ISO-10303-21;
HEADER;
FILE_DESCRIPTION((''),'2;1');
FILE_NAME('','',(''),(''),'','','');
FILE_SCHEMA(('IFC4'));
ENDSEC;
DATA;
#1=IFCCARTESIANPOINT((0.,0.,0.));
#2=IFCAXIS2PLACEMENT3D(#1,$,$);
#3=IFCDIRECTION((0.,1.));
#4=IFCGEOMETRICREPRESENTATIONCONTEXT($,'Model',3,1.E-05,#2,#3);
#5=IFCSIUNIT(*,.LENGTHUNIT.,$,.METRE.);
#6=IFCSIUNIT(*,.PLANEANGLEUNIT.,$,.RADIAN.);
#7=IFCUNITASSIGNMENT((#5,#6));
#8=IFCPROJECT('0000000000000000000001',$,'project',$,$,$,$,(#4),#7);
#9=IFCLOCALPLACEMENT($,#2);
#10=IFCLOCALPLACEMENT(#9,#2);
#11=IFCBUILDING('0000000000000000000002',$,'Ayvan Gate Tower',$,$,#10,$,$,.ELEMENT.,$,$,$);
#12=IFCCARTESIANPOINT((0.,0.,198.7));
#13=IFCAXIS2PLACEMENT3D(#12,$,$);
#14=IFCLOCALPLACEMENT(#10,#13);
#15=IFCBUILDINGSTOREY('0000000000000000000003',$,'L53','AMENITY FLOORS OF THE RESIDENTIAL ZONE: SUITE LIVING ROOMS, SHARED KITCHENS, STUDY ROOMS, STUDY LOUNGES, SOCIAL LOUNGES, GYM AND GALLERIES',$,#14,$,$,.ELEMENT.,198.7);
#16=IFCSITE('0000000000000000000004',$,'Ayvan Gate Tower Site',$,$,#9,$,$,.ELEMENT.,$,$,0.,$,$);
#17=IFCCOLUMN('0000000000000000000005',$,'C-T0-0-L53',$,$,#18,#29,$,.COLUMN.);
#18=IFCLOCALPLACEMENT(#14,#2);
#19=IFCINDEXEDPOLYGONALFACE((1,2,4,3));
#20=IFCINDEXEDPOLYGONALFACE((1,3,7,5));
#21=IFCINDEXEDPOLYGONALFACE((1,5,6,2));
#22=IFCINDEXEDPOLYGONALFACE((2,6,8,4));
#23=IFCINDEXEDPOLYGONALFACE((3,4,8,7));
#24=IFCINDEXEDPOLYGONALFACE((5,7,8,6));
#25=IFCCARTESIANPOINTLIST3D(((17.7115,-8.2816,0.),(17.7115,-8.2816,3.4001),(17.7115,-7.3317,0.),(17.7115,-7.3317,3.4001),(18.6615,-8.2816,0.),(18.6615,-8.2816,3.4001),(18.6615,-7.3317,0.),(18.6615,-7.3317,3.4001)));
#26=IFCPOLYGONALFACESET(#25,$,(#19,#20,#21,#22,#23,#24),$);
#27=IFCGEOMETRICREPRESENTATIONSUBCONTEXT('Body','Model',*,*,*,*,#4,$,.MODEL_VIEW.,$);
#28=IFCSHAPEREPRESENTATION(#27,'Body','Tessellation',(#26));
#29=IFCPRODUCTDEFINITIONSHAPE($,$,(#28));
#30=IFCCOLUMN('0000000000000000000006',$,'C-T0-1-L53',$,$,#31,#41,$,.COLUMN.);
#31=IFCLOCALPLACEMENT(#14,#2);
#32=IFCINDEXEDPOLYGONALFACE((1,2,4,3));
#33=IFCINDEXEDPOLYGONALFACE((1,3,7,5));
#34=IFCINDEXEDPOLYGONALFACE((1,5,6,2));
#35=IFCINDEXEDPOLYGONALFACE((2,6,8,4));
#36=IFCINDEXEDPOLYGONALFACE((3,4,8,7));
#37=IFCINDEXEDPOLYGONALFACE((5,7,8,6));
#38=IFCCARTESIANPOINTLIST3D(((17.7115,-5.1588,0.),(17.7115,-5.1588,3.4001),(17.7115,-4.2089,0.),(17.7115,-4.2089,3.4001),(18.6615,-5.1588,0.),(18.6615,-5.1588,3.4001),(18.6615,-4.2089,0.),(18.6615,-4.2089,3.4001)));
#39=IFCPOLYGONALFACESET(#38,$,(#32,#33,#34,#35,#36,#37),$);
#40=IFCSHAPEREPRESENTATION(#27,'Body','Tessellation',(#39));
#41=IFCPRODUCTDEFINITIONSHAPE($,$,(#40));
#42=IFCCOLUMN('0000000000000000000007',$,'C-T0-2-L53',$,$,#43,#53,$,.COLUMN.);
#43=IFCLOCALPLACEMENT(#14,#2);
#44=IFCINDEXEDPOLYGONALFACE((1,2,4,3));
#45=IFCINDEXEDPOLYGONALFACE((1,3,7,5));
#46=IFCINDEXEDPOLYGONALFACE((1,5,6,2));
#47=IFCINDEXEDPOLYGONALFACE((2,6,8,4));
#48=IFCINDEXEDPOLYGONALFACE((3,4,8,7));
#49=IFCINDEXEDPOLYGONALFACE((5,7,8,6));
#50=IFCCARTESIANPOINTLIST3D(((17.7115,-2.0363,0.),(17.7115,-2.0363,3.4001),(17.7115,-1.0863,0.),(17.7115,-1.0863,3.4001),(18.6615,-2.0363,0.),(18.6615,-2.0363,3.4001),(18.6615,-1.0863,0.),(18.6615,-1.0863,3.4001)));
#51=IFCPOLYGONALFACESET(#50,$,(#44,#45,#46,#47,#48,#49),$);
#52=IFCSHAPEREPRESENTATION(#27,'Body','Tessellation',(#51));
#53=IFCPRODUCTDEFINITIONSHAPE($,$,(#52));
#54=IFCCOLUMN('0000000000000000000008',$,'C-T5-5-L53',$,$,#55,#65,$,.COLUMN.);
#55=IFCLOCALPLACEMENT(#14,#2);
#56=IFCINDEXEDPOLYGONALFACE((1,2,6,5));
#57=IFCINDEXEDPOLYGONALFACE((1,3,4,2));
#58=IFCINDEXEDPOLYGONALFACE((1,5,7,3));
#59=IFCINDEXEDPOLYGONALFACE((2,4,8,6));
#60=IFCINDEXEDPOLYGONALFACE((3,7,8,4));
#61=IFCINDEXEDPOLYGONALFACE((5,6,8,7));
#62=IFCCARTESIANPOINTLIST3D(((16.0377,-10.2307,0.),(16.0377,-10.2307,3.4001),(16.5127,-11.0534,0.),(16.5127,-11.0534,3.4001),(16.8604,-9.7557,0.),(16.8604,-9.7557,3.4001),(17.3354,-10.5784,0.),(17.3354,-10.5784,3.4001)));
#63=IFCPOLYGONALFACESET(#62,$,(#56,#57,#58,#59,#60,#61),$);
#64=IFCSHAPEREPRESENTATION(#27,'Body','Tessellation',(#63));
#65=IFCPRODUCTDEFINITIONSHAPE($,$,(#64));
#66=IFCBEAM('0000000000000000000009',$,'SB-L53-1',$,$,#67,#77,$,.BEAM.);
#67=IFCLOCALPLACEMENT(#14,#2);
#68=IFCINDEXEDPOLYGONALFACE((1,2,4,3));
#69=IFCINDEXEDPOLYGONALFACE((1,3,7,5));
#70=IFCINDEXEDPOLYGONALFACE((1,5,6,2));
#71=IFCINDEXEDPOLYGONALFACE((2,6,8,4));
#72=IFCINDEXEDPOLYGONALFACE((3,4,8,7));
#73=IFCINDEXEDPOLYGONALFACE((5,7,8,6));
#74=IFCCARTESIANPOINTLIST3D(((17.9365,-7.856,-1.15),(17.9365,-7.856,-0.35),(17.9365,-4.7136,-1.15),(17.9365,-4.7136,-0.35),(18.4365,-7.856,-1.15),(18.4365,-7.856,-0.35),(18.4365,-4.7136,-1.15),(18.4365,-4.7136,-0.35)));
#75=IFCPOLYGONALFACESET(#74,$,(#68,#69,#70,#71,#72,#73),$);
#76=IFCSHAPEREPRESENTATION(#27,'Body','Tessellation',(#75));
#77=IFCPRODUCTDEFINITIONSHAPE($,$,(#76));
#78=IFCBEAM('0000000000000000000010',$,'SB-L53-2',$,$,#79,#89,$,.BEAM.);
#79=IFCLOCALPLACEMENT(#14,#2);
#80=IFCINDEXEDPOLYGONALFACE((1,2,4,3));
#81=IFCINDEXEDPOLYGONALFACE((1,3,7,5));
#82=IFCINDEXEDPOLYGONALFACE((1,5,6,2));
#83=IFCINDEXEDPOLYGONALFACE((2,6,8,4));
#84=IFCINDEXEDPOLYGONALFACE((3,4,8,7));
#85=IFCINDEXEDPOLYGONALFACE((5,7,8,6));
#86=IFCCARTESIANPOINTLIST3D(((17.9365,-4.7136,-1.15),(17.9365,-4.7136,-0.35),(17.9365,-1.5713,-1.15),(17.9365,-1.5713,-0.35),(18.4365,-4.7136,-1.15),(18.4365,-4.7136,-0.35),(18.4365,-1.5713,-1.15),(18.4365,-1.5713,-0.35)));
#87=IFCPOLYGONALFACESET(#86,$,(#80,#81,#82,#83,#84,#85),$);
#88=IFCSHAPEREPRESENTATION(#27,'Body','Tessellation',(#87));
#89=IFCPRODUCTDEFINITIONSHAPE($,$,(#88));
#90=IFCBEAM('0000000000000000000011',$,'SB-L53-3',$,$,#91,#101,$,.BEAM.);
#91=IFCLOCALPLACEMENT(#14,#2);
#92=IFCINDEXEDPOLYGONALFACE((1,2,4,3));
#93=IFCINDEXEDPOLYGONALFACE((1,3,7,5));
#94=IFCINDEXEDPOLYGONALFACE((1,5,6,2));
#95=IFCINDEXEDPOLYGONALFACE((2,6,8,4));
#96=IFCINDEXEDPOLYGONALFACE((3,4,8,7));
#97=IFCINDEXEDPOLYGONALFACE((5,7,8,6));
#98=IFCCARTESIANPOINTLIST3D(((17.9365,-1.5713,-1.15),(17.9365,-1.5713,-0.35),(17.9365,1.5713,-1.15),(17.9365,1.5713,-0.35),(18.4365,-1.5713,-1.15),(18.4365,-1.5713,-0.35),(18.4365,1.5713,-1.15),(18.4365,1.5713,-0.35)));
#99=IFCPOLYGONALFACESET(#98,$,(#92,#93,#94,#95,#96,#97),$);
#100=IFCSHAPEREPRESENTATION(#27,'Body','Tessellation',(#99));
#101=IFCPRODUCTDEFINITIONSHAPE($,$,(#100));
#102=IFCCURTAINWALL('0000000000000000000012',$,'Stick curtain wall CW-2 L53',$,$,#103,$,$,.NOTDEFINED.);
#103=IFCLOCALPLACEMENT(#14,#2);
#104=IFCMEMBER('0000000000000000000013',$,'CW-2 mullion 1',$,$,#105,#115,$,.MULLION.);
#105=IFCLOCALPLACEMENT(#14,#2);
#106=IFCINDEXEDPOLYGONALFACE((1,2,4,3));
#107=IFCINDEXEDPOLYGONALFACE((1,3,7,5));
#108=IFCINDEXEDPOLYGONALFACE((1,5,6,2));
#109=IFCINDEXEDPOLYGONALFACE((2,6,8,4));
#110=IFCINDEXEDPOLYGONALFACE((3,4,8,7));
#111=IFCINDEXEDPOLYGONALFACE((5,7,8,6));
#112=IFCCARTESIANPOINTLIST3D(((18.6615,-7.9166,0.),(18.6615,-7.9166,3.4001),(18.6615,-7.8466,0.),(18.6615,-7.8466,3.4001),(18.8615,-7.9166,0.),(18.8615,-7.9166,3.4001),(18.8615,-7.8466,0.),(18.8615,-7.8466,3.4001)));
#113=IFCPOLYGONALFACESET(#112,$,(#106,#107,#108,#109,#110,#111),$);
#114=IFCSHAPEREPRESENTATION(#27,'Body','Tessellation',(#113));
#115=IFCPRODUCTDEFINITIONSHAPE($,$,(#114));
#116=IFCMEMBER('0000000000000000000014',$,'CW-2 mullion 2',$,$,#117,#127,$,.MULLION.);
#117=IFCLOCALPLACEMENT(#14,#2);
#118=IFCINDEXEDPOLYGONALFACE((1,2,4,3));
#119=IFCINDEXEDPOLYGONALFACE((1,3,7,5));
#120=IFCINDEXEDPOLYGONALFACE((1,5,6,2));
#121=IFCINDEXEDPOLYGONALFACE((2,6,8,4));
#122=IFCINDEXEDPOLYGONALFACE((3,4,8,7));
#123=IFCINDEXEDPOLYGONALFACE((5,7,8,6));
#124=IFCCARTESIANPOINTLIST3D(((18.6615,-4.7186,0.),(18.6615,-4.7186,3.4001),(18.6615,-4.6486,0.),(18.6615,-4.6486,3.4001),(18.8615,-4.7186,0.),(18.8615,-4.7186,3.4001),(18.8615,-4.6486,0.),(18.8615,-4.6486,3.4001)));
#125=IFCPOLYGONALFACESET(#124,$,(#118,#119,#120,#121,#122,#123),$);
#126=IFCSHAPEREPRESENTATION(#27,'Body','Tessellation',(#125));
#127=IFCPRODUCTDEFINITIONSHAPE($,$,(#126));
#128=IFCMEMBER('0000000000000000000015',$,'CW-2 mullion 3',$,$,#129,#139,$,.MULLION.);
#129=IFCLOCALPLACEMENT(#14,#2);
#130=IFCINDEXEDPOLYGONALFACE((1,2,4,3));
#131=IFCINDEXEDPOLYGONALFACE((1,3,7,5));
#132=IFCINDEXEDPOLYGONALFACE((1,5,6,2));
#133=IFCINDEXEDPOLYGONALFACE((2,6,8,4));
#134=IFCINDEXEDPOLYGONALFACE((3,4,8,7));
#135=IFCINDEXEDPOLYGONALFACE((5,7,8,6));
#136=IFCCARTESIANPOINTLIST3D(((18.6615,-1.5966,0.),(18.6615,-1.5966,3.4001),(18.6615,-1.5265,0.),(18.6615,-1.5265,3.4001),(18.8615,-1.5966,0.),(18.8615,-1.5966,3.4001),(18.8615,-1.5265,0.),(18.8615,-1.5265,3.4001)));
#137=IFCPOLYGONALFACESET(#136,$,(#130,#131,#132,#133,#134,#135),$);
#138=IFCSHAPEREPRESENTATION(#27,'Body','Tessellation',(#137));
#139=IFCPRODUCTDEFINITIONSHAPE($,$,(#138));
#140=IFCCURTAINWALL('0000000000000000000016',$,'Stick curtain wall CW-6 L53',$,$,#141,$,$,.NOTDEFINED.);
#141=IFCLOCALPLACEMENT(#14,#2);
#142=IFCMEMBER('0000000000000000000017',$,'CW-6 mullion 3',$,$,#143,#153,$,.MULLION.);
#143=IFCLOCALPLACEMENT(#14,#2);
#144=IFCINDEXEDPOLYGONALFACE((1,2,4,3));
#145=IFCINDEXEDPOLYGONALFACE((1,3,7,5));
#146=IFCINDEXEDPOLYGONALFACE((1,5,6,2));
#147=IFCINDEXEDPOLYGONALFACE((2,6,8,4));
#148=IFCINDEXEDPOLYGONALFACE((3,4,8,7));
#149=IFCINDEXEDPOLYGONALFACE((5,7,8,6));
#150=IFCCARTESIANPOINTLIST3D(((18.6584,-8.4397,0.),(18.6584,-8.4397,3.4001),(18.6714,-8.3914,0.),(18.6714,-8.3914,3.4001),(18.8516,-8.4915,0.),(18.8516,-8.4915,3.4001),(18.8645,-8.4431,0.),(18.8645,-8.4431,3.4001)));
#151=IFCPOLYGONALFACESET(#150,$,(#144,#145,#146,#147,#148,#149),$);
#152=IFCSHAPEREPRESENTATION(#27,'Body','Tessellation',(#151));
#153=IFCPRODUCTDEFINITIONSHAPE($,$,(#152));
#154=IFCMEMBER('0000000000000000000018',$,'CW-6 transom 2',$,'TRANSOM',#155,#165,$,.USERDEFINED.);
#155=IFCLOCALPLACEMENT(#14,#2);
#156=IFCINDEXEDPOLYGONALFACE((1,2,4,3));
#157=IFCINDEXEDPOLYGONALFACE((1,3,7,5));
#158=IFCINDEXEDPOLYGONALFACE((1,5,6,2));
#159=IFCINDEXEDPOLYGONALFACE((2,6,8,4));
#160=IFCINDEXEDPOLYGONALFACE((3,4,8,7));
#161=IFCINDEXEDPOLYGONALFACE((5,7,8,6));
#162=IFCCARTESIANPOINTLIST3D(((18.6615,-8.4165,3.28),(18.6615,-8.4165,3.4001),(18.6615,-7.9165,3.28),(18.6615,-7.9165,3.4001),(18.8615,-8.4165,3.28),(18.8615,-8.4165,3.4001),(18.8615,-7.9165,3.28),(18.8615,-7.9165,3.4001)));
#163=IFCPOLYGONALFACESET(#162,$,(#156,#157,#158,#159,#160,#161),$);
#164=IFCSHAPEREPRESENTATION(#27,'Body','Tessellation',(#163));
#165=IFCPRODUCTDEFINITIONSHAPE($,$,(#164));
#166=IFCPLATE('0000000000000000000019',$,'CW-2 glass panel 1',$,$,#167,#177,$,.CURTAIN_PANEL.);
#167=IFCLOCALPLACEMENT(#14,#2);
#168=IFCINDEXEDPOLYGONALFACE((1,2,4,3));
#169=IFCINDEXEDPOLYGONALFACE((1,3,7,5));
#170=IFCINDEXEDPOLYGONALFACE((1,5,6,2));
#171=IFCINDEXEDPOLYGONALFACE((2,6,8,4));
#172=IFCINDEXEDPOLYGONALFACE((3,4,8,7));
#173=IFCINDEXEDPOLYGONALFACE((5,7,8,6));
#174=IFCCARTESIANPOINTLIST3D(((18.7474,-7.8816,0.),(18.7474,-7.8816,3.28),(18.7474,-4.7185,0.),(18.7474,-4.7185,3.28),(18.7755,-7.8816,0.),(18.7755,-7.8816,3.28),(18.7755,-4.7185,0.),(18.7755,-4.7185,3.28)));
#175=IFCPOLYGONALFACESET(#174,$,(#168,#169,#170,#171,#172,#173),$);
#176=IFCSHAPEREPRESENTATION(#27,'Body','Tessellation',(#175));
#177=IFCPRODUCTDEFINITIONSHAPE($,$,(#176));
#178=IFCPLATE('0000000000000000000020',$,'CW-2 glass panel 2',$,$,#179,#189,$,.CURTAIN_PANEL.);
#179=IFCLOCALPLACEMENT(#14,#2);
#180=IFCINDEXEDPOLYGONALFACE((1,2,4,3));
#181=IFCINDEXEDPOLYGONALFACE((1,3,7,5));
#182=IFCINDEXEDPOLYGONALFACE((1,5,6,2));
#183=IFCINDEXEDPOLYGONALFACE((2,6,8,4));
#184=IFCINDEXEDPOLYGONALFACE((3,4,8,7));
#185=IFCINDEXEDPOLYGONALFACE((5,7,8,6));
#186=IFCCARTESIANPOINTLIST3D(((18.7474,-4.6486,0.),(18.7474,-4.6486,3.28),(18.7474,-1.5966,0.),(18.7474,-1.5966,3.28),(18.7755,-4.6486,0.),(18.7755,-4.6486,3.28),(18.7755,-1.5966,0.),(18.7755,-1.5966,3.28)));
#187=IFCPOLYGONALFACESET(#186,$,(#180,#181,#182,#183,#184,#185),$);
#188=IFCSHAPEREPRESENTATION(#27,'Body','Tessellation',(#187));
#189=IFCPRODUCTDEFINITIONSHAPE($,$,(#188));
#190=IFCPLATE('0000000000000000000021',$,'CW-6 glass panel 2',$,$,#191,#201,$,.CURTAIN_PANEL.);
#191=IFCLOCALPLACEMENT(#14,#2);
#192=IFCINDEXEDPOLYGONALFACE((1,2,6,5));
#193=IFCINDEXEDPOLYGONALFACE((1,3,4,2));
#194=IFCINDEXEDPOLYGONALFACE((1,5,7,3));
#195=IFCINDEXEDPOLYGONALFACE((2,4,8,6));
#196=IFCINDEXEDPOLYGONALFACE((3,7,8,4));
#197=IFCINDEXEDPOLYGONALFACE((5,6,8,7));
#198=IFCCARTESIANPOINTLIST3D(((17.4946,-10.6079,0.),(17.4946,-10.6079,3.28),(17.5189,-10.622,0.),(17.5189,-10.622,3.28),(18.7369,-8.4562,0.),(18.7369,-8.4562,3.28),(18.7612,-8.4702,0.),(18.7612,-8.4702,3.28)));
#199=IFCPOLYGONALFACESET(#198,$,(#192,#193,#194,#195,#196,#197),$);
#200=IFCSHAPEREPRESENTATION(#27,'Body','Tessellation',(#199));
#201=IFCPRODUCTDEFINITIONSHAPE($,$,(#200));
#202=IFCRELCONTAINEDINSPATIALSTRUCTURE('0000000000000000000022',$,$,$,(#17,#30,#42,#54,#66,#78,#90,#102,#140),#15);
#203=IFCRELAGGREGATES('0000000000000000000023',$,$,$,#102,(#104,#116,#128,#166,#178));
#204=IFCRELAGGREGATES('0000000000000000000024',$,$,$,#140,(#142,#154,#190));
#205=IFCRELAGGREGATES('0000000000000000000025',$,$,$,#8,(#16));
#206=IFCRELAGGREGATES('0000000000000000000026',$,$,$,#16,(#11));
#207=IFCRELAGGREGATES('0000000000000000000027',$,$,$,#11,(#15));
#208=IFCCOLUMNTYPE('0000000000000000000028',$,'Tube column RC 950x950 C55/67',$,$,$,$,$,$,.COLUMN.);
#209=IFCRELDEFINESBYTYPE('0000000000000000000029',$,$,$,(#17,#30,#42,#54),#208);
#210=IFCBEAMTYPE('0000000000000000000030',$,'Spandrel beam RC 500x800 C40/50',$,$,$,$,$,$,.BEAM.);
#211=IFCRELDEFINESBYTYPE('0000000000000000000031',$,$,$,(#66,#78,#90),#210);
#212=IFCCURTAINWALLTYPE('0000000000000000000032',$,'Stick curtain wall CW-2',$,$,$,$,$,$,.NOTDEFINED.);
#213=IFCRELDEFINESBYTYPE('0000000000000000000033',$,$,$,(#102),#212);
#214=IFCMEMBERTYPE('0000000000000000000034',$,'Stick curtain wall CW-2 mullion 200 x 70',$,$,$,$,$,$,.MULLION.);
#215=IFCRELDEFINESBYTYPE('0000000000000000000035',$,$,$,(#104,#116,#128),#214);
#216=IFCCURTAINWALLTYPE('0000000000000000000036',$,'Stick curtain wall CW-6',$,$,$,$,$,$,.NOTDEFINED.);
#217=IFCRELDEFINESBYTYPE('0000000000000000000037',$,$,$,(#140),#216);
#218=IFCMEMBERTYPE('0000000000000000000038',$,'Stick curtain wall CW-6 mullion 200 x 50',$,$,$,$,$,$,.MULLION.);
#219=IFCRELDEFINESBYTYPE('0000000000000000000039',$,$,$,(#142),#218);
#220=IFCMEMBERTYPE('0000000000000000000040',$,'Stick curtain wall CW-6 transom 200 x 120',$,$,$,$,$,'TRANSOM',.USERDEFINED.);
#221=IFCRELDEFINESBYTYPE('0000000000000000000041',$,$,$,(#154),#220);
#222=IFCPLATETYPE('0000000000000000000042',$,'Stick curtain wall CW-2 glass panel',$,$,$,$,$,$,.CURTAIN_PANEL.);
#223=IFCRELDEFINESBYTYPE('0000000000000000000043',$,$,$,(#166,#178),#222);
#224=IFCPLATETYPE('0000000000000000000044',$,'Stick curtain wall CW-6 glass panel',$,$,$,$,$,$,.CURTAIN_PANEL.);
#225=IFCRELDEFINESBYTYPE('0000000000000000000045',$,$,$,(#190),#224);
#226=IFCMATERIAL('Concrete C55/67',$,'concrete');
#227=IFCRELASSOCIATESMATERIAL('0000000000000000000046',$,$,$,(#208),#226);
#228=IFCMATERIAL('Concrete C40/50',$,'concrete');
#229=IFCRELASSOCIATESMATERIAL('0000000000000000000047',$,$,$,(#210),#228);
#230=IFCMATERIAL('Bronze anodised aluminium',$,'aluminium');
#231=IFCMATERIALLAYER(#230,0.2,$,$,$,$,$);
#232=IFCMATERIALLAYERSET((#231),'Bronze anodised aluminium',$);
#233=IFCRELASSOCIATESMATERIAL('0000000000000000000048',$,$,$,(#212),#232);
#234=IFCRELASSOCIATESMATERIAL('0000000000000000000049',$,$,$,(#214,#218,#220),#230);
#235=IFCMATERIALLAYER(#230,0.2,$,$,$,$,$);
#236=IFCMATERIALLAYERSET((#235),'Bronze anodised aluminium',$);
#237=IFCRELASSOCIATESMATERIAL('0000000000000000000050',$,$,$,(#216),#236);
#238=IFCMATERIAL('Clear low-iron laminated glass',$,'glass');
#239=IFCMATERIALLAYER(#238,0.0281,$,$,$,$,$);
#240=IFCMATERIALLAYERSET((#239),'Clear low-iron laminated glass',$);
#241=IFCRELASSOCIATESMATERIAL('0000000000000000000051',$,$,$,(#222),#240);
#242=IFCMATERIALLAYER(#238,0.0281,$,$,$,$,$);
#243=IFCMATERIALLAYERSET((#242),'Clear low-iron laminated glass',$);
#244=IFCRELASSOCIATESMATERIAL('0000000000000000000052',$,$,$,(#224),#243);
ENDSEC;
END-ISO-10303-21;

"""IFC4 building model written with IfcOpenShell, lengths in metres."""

from ifc_helpers import new_model, si_unit, direction, frame, origin, origin_2d, place, context, subcontext, project, spatial, rectangle, extrude, material, layer, layer_set, material_profile, profile_set, type_object, element, aggregate, save


model = new_model("IFC4")

# Units and contexts
model_context = context("Model", 3, precision=1e-05, world=origin(), true_north=direction((0.0, 1.0)))
body_context = subcontext(model_context, "Body", "Model", "MODEL_VIEW")
ifc_project = project(units=[si_unit("LENGTHUNIT", "METRE"), si_unit("PLANEANGLEUNIT", "RADIAN")], contexts=[model_context])

# Site, building, storey
site_placement = place(None, origin())
site = spatial("IfcSite", under=ifc_project, at=site_placement, Name="Ayvan Gate Tower Site", CompositionType="ELEMENT", RefElevation=0.0)
building_placement = place(site_placement, origin())
building = spatial("IfcBuilding", under=site, at=building_placement, Name="Ayvan Gate Tower", CompositionType="ELEMENT")
storey_placement = place(building_placement, frame((0.0, 0.0, 198.7)))
storey = spatial("IfcBuildingStorey", under=building, at=storey_placement, Name="L53", Description="AMENITY FLOORS OF THE RESIDENTIAL ZONE: SUITE LIVING ROOMS, SHARED KITCHENS, STUDY ROOMS, STUDY LOUNGES, SOCIAL LOUNGES, GYM AND GALLERIES", CompositionType="ELEMENT", Elevation=198.7)

# Columns
ifc_material_1 = material(Name="Concrete C55/67", Category="concrete")
ifc_material_profile_1 = material_profile(ifc_material_1, rectangle(XDim=0.95, YDim=0.95, at=origin_2d()), Name="RC 950x950")
ifc_profile_set_1 = profile_set([ifc_material_profile_1], Name="Concrete C55/67")
column_type = type_object("IfcColumnType", Name="Tube column RC 950x950 C55/67", PredefinedType="COLUMN", material=ifc_profile_set_1)
for number, where, z_axis, x_axis, name in (
    (1, (18.1865, -7.8066, 0.0), (0.0, 0.0, 1.0), (1.0, 0.0, 0.0), "C-T0-0-L53"),
    (2, (18.1865, -4.6838, 0.0), (0.0, 0.0, 1.0), (1.0, 0.0, 0.0), "C-T0-1-L53"),
    (3, (18.1865, -1.5613, 0.0), (0.0, 0.0, 1.0), (1.0, 0.0, 0.0), "C-T0-2-L53"),
    (4, (16.6865, -10.4045, 0.0), (0.0, 0.0, 1.0), (0.5, -0.866025, 0.0), "C-T5-5-L53"),
):
    element("IfcColumn", number, at=place(storey_placement, frame(where, z_axis=z_axis, x_axis=x_axis)), inside=storey, type_object=column_type, Name=name, PredefinedType="COLUMN", context=body_context, shape_type="SweptSolid", body=[
        extrude(rectangle(XDim=0.95, YDim=0.95, at=origin_2d()), origin(), (0.0, 0.0, 1.0), 3.4001),
    ])

# Beams
ifc_material_2 = material(Name="Concrete C40/50", Category="concrete")
ifc_material_profile_2 = material_profile(ifc_material_2, rectangle(XDim=0.5, YDim=0.8, at=origin_2d()), Name="RC 500x800")
ifc_profile_set_2 = profile_set([ifc_material_profile_2], Name="Concrete C40/50")
beam_type = type_object("IfcBeamType", Name="Spandrel beam RC 500x800 C40/50", PredefinedType="BEAM", material=ifc_profile_set_2)
for number, where, z_axis, x_axis, name in (
    (5, (18.1865, -7.856, -0.75), (0.0, 1.0, 0.0), (-1.0, 0.0, 0.0), "SB-L53-1"),
    (6, (18.1865, -4.7136, -0.75), (0.0, 1.0, 0.0), (-1.0, 0.0, 0.0), "SB-L53-2"),
):
    element("IfcBeam", number, at=place(storey_placement, frame(where, z_axis=z_axis, x_axis=x_axis)), inside=storey, type_object=beam_type, Name=name, PredefinedType="BEAM", context=body_context, shape_type="SweptSolid", body=[
        extrude(rectangle(XDim=0.5, YDim=0.8, at=origin_2d()), origin(), (0.0, 0.0, 1.0), 3.1423),
    ])
beam_placement = place(storey_placement, frame((18.1865, -1.5713, -0.75), z_axis=(0.0, 1.0, 0.0), x_axis=(-1.0, 0.0, 0.0)))
element("IfcBeam", 7, at=beam_placement, inside=storey, type_object=beam_type, Name="SB-L53-3", PredefinedType="BEAM", context=body_context, shape_type="SweptSolid", body=[
    extrude(rectangle(XDim=0.5, YDim=0.8, at=origin_2d()), origin(), (0.0, 0.0, 1.0), 3.1426),
])

# Curtain walls, members
ifc_material_3 = material(Name="Bronze anodised aluminium", Category="aluminium")
ifc_layer_1 = layer(ifc_material_3, 0.2)
ifc_layer_set_1 = layer_set([ifc_layer_1], Name="Bronze anodised aluminium")
curtain_wall_type_1 = type_object("IfcCurtainWallType", Name="Stick curtain wall CW-2", PredefinedType="NOTDEFINED", material=ifc_layer_set_1)
curtain_wall_1_placement = place(storey_placement, origin())
curtain_wall_1 = element("IfcCurtainWall", 8, at=curtain_wall_1_placement, inside=storey, type_object=curtain_wall_type_1, Name="Stick curtain wall CW-2 L53", PredefinedType="NOTDEFINED")
ifc_material_profile_3 = material_profile(ifc_material_3, rectangle(XDim=0.2, YDim=0.0701, at=origin_2d()), Name="Stick curtain wall CW-2 mullion 200 x 70")
ifc_profile_set_3 = profile_set([ifc_material_profile_3], Name="Bronze anodised aluminium")
member_type_1 = type_object("IfcMemberType", Name="Stick curtain wall CW-2 mullion 200 x 70", PredefinedType="MULLION", material=ifc_profile_set_3)
member_1_placement = place(storey_placement, frame((18.7615, -7.8816, 0.0), z_axis=(0.0, 0.0, 1.0), x_axis=(1.0, 0.0, 0.0)))
member_1 = element("IfcMember", 9, at=member_1_placement, type_object=member_type_1, Name="CW-2 mullion 1", PredefinedType="MULLION", context=body_context, shape_type="SweptSolid", body=[
    extrude(rectangle(XDim=0.2, YDim=0.0701, at=origin_2d()), origin(), (0.0, 0.0, 1.0), 3.4001),
])
member_2_placement = place(storey_placement, frame((18.7615, -4.6836, 0.0), z_axis=(0.0, 0.0, 1.0), x_axis=(1.0, 0.0, 0.0)))
member_2 = element("IfcMember", 10, at=member_2_placement, type_object=member_type_1, Name="CW-2 mullion 2", PredefinedType="MULLION", context=body_context, shape_type="SweptSolid", body=[
    extrude(rectangle(XDim=0.2, YDim=0.0701, at=origin_2d()), origin(), (0.0, 0.0, 1.0), 3.4001),
])
member_3_placement = place(storey_placement, frame((18.7615, -1.5615, 0.0), z_axis=(0.0, 0.0, 1.0), x_axis=(1.0, 0.0, 0.0)))
member_3 = element("IfcMember", 11, at=member_3_placement, type_object=member_type_1, Name="CW-2 mullion 3", PredefinedType="MULLION", context=body_context, shape_type="SweptSolid", body=[
    extrude(rectangle(XDim=0.2, YDim=0.0701, at=origin_2d()), origin(), (0.0, 0.0, 1.0), 3.4001),
])
ifc_layer_2 = layer(ifc_material_3, 0.2)
ifc_layer_set_2 = layer_set([ifc_layer_2], Name="Bronze anodised aluminium")
curtain_wall_type_2 = type_object("IfcCurtainWallType", Name="Stick curtain wall CW-6", PredefinedType="NOTDEFINED", material=ifc_layer_set_2)
curtain_wall_2_placement = place(storey_placement, origin())
curtain_wall_2 = element("IfcCurtainWall", 12, at=curtain_wall_2_placement, inside=storey, type_object=curtain_wall_type_2, Name="Stick curtain wall CW-6 L53", PredefinedType="NOTDEFINED")
ifc_material_profile_4 = material_profile(ifc_material_3, rectangle(XDim=0.2, YDim=0.05, at=origin_2d()), Name="Stick curtain wall CW-6 mullion 200 x 50")
ifc_profile_set_4 = profile_set([ifc_material_profile_4], Name="Bronze anodised aluminium")
member_type_2 = type_object("IfcMemberType", Name="Stick curtain wall CW-6 mullion 200 x 50", PredefinedType="MULLION", material=ifc_profile_set_4)
member_4_placement = place(storey_placement, frame((18.7615, -8.4414, 0.0), z_axis=(0.0, 0.0, 1.0), x_axis=(0.965926, -0.258819, 0.0)))
member_4 = element("IfcMember", 13, at=member_4_placement, type_object=member_type_2, Name="CW-6 mullion 3", PredefinedType="MULLION", context=body_context, shape_type="SweptSolid", body=[
    extrude(rectangle(XDim=0.2, YDim=0.05, at=origin_2d()), origin(), (0.0, 0.0, 1.0), 3.4001),
])
ifc_material_profile_5 = material_profile(ifc_material_3, rectangle(XDim=0.2, YDim=0.1201, at=origin_2d()), Name="Stick curtain wall CW-6 transom 200 x 120")
ifc_profile_set_5 = profile_set([ifc_material_profile_5], Name="Bronze anodised aluminium")
member_type_3 = type_object("IfcMemberType", Name="Stick curtain wall CW-6 transom 200 x 120", ElementType="TRANSOM", PredefinedType="USERDEFINED", material=ifc_profile_set_5)
member_5_placement = place(storey_placement, frame((18.7615, -8.4165, 3.3401), z_axis=(0.0, 1.0, 0.0), x_axis=(-1.0, 0.0, 0.0)))
member_5 = element("IfcMember", 14, at=member_5_placement, type_object=member_type_3, Name="CW-6 transom 2", ObjectType="TRANSOM", PredefinedType="USERDEFINED", context=body_context, shape_type="SweptSolid", body=[
    extrude(rectangle(XDim=0.2, YDim=0.1201, at=origin_2d()), origin(), (0.0, 0.0, 1.0), 0.5),
])

# Plates
ifc_material_4 = material(Name="Clear low-iron laminated glass", Category="glass")
ifc_layer_3 = layer(ifc_material_4, 0.0281)
ifc_layer_set_3 = layer_set([ifc_layer_3], Name="Clear low-iron laminated glass")
plate_type_1 = type_object("IfcPlateType", Name="Stick curtain wall CW-2 glass panel", PredefinedType="CURTAIN_PANEL", material=ifc_layer_set_3)
plate_1_placement = place(storey_placement, frame((18.7615, -6.3, 0.0), z_axis=(0.0, 0.0, 1.0), x_axis=(0.0, 1.0, 0.0)))
plate_1 = element("IfcPlate", 15, at=plate_1_placement, type_object=plate_type_1, Name="CW-2 glass panel 1", PredefinedType="CURTAIN_PANEL", context=body_context, shape_type="SweptSolid", body=[
    extrude(rectangle(XDim=3.1631, YDim=0.0281, at=origin_2d()), origin(), (0.0, 0.0, 1.0), 3.28),
])
plate_2_placement = place(storey_placement, frame((18.7615, -3.1226, 0.0), z_axis=(0.0, 0.0, 1.0), x_axis=(0.0, 1.0, 0.0)))
plate_2 = element("IfcPlate", 16, at=plate_2_placement, type_object=plate_type_1, Name="CW-2 glass panel 2", PredefinedType="CURTAIN_PANEL", context=body_context, shape_type="SweptSolid", body=[
    extrude(rectangle(XDim=3.052, YDim=0.0281, at=origin_2d()), origin(), (0.0, 0.0, 1.0), 3.28),
])
aggregate(curtain_wall_1, [member_1, member_2, member_3, plate_1, plate_2])
ifc_layer_4 = layer(ifc_material_4, 0.0281)
ifc_layer_set_4 = layer_set([ifc_layer_4], Name="Clear low-iron laminated glass")
plate_type_2 = type_object("IfcPlateType", Name="Stick curtain wall CW-6 glass panel", PredefinedType="CURTAIN_PANEL", material=ifc_layer_set_4)
plate_3_placement = place(storey_placement, frame((18.1279, -9.5391, 0.0), z_axis=(0.0, 0.0, 1.0), x_axis=(0.5, 0.866025, 0.0)))
plate_3 = element("IfcPlate", 17, at=plate_3_placement, type_object=plate_type_2, Name="CW-6 glass panel 2", PredefinedType="CURTAIN_PANEL", context=body_context, shape_type="SweptSolid", body=[
    extrude(rectangle(XDim=2.4846, YDim=0.0281, at=origin_2d()), origin(), (0.0, 0.0, 1.0), 3.28),
])
aggregate(curtain_wall_2, [member_4, member_5, plate_3])

save(model, "model.ifc")
